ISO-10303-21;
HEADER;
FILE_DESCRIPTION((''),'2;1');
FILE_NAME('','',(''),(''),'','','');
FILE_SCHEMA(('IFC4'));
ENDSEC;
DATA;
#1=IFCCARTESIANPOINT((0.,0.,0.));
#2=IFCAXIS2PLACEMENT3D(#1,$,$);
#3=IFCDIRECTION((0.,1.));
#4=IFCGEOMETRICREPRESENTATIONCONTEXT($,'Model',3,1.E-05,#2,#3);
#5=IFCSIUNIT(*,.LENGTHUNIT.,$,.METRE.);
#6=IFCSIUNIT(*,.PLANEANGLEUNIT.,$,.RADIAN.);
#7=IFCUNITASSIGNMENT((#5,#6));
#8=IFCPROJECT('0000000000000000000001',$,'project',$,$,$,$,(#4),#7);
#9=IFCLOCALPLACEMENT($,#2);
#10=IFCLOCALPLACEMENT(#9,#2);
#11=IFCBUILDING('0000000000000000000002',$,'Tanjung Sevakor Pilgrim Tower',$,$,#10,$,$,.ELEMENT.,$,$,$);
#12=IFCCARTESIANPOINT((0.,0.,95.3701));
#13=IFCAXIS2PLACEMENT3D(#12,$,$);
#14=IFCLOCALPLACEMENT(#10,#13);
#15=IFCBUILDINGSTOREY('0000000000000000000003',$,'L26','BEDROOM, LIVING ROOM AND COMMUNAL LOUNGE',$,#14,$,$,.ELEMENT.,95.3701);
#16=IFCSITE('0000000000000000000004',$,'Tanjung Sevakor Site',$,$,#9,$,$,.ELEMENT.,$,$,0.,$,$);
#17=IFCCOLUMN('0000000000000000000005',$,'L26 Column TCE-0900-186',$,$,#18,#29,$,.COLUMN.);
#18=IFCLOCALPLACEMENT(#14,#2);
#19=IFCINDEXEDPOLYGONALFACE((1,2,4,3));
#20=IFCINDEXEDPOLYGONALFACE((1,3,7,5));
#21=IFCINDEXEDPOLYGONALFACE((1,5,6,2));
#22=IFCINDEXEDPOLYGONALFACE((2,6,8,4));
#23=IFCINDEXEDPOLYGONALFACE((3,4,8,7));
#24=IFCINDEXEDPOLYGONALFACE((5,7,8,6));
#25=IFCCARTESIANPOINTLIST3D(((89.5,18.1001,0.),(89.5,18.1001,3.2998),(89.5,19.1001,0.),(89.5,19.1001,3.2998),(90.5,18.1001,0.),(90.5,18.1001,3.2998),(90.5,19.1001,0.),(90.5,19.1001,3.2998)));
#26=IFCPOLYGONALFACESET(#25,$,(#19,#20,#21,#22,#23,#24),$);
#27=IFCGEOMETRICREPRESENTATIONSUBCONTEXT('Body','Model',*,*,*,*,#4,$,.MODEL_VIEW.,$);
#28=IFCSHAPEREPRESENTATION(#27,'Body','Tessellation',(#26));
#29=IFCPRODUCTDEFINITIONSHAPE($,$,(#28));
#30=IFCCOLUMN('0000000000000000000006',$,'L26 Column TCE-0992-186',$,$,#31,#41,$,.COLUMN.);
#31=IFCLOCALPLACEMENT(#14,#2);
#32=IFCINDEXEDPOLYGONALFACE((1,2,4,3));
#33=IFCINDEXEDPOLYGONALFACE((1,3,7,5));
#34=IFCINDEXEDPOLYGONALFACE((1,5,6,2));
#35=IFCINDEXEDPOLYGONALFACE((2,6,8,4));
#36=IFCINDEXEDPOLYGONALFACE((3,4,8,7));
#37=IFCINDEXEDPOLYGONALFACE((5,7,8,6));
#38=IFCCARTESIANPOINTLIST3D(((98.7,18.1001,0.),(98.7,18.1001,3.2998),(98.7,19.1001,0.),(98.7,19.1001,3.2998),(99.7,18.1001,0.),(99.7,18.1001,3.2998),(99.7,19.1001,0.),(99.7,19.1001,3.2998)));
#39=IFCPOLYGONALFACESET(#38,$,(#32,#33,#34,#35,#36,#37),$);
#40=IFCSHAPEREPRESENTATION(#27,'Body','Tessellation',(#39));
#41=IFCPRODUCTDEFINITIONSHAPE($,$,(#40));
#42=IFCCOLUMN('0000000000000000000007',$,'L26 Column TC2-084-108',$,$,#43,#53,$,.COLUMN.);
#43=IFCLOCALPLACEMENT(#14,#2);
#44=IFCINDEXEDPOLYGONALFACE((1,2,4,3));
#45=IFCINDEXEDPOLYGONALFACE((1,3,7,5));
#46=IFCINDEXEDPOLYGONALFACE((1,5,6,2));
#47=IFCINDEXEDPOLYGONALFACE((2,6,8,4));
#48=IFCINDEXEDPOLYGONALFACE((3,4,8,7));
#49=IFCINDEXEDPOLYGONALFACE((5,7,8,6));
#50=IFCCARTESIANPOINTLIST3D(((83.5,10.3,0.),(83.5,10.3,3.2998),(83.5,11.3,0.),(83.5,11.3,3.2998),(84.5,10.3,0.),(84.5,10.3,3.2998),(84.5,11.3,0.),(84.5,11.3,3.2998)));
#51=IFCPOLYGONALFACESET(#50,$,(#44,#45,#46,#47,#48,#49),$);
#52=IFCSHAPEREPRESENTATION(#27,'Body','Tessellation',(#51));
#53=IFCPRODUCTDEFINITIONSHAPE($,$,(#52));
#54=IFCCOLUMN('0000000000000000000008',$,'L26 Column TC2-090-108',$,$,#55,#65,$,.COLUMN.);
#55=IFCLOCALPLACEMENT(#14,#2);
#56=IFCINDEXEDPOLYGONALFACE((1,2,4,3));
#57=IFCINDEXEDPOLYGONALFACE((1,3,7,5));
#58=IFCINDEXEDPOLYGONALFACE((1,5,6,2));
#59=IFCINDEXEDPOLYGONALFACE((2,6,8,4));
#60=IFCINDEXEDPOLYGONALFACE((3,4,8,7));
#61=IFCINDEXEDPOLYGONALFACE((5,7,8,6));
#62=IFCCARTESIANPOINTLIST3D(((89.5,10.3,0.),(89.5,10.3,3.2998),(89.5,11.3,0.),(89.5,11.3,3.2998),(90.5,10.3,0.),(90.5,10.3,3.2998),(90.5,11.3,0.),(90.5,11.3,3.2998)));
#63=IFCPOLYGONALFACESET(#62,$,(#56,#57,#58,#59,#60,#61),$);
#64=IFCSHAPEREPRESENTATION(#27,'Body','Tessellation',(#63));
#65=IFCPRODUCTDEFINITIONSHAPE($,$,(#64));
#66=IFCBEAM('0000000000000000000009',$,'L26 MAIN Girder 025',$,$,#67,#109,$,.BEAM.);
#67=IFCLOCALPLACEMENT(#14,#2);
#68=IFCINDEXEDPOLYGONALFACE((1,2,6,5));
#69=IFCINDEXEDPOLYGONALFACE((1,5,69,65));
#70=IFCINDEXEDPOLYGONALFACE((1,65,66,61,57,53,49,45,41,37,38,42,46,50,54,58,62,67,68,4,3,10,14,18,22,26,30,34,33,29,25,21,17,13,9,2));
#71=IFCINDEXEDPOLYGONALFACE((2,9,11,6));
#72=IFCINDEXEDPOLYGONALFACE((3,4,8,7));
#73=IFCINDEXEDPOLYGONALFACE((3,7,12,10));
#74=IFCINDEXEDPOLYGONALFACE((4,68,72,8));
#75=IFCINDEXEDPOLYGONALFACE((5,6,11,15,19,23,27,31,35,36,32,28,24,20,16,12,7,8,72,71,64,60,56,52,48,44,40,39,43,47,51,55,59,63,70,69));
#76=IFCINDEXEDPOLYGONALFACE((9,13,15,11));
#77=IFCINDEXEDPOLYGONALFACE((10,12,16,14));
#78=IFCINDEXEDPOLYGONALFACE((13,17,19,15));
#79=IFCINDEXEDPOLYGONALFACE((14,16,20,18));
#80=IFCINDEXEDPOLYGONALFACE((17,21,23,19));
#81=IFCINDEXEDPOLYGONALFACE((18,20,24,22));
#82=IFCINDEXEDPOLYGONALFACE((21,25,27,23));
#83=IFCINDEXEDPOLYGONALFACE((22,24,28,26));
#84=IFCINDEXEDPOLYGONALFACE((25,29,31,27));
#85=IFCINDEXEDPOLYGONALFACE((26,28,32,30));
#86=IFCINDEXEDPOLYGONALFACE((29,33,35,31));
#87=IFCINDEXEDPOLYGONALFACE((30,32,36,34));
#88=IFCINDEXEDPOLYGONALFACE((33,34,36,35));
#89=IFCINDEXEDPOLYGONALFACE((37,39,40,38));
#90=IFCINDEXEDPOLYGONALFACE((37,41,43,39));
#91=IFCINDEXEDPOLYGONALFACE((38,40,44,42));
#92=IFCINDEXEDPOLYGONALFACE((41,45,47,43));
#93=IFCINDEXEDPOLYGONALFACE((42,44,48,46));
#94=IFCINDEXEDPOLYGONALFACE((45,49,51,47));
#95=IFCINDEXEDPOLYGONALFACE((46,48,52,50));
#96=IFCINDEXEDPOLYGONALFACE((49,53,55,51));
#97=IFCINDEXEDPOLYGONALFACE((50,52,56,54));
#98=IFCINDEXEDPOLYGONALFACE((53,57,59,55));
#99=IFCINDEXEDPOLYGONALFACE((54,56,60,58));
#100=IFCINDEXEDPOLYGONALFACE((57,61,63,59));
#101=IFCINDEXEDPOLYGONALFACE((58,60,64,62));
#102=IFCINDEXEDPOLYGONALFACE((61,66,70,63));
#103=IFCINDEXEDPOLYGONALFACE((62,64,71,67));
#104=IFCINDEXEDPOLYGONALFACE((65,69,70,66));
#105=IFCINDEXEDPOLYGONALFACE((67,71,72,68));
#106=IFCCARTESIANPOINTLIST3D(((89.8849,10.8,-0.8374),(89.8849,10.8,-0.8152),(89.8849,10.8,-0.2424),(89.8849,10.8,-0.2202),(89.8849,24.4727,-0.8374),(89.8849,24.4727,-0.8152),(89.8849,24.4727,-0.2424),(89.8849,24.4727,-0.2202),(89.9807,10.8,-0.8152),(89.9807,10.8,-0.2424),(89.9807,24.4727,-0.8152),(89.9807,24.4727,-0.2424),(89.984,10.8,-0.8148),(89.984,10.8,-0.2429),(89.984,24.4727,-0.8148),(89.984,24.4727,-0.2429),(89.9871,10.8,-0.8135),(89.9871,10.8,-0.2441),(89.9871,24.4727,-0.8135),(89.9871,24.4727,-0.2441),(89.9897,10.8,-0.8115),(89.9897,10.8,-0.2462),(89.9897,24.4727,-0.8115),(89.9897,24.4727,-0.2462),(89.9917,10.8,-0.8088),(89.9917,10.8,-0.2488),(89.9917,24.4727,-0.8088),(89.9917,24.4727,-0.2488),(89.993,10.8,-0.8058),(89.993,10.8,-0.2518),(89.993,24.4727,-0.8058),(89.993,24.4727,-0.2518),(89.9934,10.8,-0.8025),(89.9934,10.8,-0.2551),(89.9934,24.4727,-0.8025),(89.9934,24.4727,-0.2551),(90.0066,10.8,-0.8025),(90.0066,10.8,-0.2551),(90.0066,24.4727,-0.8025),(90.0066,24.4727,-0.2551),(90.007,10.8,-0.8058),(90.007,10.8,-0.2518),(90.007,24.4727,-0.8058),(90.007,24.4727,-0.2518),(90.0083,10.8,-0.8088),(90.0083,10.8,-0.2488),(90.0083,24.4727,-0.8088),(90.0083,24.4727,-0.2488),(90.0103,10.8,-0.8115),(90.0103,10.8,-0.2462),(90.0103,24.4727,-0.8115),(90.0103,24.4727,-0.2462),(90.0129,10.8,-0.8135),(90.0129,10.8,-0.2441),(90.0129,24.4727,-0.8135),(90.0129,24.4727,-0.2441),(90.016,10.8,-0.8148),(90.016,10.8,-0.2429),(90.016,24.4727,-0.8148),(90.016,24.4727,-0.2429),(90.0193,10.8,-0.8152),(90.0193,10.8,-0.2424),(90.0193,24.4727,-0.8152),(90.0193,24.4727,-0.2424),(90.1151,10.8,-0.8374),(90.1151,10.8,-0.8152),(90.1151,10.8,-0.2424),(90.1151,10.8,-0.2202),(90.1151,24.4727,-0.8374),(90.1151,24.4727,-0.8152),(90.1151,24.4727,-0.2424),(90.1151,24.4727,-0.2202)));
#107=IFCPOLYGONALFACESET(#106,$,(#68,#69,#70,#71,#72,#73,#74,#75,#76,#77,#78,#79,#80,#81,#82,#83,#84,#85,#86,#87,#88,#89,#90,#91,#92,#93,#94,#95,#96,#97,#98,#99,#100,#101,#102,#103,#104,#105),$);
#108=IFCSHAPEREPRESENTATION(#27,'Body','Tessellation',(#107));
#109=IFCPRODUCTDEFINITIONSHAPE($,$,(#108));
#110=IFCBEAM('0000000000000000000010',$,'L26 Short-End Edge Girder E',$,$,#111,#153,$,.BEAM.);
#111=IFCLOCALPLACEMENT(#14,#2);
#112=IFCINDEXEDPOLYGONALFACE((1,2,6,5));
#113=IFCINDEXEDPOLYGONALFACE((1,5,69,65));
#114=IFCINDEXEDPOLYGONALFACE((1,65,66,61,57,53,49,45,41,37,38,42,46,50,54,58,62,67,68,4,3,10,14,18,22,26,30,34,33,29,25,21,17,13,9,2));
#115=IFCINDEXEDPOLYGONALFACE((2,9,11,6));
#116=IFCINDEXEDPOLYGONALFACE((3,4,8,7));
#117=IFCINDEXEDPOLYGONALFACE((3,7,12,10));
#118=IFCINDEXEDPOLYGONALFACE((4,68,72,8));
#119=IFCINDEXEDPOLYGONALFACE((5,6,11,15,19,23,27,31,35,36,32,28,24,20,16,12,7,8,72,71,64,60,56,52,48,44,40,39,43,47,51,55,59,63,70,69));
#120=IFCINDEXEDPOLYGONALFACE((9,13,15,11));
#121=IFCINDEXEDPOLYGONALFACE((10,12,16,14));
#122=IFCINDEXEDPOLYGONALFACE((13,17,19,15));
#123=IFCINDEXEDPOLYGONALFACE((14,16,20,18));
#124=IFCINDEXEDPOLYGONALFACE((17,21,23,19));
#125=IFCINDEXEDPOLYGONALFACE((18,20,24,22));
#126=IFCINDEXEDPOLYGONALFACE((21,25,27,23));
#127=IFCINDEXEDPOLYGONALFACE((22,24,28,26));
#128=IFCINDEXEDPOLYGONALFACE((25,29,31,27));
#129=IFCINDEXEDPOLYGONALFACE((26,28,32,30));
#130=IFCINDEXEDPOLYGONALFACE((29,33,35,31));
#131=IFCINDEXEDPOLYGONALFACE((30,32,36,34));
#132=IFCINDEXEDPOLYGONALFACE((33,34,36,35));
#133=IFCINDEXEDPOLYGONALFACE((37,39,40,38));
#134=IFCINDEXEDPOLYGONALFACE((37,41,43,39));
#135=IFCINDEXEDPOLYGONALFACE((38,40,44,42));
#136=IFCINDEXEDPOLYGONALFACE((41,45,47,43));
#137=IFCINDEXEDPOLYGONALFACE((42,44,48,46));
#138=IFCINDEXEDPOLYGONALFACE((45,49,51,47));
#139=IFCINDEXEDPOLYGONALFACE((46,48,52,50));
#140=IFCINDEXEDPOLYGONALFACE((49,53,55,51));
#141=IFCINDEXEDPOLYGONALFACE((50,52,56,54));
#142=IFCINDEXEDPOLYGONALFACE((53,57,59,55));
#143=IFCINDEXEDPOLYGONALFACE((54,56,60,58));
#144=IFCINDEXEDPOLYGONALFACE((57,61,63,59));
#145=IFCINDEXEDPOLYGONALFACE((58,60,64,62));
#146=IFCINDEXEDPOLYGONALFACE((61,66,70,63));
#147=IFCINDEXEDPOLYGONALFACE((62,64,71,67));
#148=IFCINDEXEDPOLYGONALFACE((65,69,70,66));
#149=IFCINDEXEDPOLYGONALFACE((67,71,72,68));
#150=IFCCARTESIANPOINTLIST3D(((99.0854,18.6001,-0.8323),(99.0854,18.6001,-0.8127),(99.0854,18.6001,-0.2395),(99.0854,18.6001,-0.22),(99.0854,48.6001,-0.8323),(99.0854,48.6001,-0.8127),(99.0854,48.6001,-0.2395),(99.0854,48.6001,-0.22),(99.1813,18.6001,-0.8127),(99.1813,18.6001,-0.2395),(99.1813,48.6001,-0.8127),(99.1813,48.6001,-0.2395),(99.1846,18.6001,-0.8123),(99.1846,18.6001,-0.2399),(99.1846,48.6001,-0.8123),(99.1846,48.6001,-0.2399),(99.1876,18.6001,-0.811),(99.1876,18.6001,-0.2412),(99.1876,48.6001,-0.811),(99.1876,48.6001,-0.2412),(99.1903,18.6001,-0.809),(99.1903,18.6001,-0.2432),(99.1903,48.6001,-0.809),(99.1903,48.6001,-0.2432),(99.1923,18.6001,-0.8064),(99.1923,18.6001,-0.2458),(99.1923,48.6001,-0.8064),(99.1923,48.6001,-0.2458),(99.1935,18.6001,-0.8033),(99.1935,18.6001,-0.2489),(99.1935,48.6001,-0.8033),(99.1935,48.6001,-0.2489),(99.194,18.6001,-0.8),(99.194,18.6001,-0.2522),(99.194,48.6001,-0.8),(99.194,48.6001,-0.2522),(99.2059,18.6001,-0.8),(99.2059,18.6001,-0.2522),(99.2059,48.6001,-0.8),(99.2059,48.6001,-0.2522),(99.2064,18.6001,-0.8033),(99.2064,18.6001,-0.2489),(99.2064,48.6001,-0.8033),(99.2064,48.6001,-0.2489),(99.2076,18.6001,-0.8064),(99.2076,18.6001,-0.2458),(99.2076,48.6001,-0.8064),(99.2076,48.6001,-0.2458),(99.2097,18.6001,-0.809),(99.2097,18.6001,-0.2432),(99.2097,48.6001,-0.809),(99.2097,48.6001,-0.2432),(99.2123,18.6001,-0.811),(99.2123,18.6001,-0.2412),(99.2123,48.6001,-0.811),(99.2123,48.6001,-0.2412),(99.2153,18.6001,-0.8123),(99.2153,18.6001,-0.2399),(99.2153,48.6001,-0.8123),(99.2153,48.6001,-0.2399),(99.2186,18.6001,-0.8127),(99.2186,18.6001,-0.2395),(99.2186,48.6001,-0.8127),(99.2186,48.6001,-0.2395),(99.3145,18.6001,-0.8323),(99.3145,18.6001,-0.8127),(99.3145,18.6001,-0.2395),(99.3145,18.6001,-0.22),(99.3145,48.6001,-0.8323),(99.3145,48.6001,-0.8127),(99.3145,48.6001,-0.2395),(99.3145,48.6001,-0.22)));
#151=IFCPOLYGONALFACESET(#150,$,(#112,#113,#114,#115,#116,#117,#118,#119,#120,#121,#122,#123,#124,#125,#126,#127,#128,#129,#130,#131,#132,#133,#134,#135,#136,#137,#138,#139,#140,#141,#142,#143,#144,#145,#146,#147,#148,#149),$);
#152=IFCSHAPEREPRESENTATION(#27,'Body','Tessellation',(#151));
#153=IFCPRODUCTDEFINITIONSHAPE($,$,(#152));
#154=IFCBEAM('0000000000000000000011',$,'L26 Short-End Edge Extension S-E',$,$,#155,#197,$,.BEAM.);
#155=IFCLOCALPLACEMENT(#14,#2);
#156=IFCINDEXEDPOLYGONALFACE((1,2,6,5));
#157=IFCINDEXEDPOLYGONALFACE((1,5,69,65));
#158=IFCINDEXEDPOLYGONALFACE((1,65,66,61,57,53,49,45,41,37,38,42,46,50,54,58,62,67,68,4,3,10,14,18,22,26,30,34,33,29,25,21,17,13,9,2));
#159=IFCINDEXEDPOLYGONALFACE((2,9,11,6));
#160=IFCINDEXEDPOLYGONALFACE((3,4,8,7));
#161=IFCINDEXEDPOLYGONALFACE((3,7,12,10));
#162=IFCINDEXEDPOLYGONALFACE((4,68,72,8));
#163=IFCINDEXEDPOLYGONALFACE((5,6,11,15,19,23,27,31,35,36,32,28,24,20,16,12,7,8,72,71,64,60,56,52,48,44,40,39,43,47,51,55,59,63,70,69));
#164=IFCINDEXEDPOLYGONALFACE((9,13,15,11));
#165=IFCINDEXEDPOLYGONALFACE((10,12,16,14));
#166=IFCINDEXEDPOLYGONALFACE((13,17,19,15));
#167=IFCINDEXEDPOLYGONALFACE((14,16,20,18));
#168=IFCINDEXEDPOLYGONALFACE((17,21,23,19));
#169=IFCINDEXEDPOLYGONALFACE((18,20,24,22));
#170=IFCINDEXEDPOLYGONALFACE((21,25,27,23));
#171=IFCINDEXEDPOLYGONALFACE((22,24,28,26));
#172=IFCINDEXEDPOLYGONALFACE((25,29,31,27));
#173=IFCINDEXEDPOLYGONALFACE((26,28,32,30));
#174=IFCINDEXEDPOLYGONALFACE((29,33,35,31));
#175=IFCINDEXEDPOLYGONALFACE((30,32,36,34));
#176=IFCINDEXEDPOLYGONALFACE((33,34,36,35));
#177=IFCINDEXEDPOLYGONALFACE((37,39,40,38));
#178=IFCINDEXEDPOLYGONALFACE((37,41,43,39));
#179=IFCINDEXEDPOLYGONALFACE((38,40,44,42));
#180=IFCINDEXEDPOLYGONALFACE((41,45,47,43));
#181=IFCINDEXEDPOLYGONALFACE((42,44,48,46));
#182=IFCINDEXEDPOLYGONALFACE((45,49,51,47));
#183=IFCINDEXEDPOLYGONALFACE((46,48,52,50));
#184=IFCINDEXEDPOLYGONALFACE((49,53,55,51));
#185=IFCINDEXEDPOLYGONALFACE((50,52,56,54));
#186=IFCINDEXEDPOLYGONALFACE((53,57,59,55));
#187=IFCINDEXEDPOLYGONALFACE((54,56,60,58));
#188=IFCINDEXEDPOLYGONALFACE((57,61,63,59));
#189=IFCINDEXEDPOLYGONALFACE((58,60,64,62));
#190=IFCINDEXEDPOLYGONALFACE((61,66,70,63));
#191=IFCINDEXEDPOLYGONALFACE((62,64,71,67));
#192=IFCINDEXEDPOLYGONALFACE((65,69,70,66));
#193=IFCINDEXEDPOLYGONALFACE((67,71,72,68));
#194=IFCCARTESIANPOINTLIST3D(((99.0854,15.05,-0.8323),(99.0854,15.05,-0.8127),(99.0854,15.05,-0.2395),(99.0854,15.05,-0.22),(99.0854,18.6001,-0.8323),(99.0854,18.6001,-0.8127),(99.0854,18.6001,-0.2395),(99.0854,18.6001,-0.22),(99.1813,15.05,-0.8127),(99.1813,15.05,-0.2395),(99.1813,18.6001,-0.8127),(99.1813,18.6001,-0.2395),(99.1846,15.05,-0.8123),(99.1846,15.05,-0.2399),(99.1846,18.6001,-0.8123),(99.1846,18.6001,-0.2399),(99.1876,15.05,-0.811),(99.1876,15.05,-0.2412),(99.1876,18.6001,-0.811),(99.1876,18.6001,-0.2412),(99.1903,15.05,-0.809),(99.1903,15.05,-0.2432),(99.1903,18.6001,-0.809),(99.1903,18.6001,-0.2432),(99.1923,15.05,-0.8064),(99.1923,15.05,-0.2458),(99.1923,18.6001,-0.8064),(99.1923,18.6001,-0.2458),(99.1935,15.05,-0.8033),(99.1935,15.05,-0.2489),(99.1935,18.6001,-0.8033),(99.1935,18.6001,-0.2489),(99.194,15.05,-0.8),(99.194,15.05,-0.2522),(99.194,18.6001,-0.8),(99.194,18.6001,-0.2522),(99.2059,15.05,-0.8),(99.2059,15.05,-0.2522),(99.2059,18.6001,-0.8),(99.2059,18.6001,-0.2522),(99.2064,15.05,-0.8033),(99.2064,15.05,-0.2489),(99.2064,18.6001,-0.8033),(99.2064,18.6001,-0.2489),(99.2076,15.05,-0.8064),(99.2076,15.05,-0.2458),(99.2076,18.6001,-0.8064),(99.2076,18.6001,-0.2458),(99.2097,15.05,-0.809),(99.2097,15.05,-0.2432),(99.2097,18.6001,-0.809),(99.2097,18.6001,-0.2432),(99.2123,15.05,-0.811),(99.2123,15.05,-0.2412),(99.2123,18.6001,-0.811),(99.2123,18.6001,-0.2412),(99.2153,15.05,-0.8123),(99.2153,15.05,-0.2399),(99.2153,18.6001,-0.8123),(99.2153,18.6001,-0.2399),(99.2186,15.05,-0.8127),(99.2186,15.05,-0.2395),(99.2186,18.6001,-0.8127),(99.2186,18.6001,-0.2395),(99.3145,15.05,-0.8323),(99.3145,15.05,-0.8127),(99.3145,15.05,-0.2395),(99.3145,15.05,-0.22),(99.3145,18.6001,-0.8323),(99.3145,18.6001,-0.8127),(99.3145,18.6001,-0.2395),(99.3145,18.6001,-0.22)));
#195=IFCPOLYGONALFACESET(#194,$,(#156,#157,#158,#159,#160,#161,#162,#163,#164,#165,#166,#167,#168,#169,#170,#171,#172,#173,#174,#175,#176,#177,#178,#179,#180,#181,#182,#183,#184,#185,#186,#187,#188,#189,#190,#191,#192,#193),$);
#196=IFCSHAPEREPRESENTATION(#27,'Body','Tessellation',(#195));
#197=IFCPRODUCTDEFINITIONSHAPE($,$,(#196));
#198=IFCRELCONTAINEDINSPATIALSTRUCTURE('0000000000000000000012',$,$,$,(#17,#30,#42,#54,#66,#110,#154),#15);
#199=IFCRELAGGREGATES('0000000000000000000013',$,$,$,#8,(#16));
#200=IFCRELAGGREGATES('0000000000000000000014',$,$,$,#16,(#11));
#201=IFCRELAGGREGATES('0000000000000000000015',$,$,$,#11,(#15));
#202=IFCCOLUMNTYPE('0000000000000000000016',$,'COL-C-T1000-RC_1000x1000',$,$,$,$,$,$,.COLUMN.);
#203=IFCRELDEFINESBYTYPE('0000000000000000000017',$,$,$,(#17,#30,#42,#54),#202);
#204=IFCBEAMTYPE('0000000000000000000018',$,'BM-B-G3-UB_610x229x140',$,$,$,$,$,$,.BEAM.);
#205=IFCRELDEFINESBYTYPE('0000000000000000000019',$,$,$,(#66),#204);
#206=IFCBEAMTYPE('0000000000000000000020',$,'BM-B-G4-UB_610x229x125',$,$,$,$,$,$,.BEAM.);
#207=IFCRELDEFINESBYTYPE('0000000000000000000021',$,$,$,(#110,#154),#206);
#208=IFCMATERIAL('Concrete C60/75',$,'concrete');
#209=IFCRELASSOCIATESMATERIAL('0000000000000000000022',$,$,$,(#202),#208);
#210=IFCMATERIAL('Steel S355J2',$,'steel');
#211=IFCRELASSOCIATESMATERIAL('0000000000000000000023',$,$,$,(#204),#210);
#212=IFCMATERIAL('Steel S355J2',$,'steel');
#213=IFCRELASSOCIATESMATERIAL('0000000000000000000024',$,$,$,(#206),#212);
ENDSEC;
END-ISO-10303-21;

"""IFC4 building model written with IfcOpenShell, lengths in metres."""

from ifc_helpers import new_model, si_unit, direction, frame, origin, origin_2d, place, context, subcontext, project, spatial, rectangle, i_section, extrude, material, material_profile, profile_set, type_object, element, save


model = new_model("IFC4")

# Units and contexts
model_context = context("Model", 3, precision=1e-05, world=origin(), true_north=direction((0.0, 1.0)))
body_context = subcontext(model_context, "Body", "Model", "MODEL_VIEW")
ifc_project = project(units=[si_unit("LENGTHUNIT", "METRE"), si_unit("PLANEANGLEUNIT", "RADIAN")], contexts=[model_context])

# Site, building, storey
site_placement = place(None, origin())
site = spatial("IfcSite", under=ifc_project, at=site_placement, Name="Tanjung Sevakor Site", CompositionType="ELEMENT", RefElevation=0.0)
building_placement = place(site_placement, origin())
building = spatial("IfcBuilding", under=site, at=building_placement, Name="Tanjung Sevakor Pilgrim Tower", CompositionType="ELEMENT")
storey_placement = place(building_placement, frame((0.0, 0.0, 95.3701)))
storey = spatial("IfcBuildingStorey", under=building, at=storey_placement, Name="L26", Description="BEDROOM, LIVING ROOM AND COMMUNAL LOUNGE", CompositionType="ELEMENT", Elevation=95.3701)

# Columns
ifc_material_1 = material(Name="Concrete C60/75", Category="concrete")
ifc_material_profile_1 = material_profile(ifc_material_1, rectangle(XDim=1.0, YDim=1.0, at=origin_2d()))
ifc_profile_set_1 = profile_set([ifc_material_profile_1], Name="Concrete C60/75")
column_type = type_object("IfcColumnType", Name="COL-C-T1000-RC_1000x1000", PredefinedType="COLUMN", material=ifc_profile_set_1)
for number, where, z_axis, x_axis, name in (
    (1, (90.0, 18.6001, 0.0), (0.0, 0.0, 1.0), (1.0, 0.0, 0.0), "L26 Column TCE-0900-186"),
    (2, (99.2, 18.6001, 0.0), (0.0, 0.0, 1.0), (1.0, 0.0, 0.0), "L26 Column TCE-0992-186"),
    (3, (84.0, 10.8, 0.0), (0.0, 0.0, 1.0), (1.0, 0.0, 0.0), "L26 Column TC2-084-108"),
    (4, (90.0, 10.8, 0.0), (0.0, 0.0, 1.0), (1.0, 0.0, 0.0), "L26 Column TC2-090-108"),
):
    element("IfcColumn", number, at=place(storey_placement, frame(where, z_axis=z_axis, x_axis=x_axis)), inside=storey, type_object=column_type, Name=name, PredefinedType="COLUMN", context=body_context, shape_type="SweptSolid", body=[
        extrude(rectangle(XDim=1.0, YDim=1.0, at=origin_2d()), origin(), (0.0, 0.0, 1.0), 3.2998),
    ])

# Beams
ifc_material_2 = material(Name="Steel S355J2", Category="steel")
ifc_material_profile_2 = material_profile(ifc_material_2, i_section(OverallWidth=0.2302, OverallDepth=0.6172, WebThickness=0.0132, FlangeThickness=0.0222, FilletRadius=0.0127, at=origin_2d()))
ifc_profile_set_2 = profile_set([ifc_material_profile_2], Name="Steel S355J2")
beam_type_1 = type_object("IfcBeamType", Name="BM-B-G3-UB_610x229x140", PredefinedType="BEAM", material=ifc_profile_set_2)
beam_1_placement = place(storey_placement, frame((90.0, 10.8, -0.5288), z_axis=(0.0, 1.0, 0.0), x_axis=(-1.0, 0.0, 0.0)))
element("IfcBeam", 5, at=beam_1_placement, inside=storey, type_object=beam_type_1, Name="L26 MAIN Girder 025", PredefinedType="BEAM", context=body_context, shape_type="SweptSolid", body=[
    extrude(i_section(OverallWidth=0.2302, OverallDepth=0.6172, WebThickness=0.0132, FlangeThickness=0.0222, FilletRadius=0.0127, at=origin_2d()), origin(), (0.0, 0.0, 1.0), 13.6726),
])
ifc_material_3 = material(Name="Steel S355J2", Category="steel")
ifc_material_profile_3 = material_profile(ifc_material_3, i_section(OverallWidth=0.229, OverallDepth=0.6123, WebThickness=0.012, FlangeThickness=0.0195, FilletRadius=0.0127, at=origin_2d()))
ifc_profile_set_3 = profile_set([ifc_material_profile_3], Name="Steel S355J2")
beam_type_2 = type_object("IfcBeamType", Name="BM-B-G4-UB_610x229x125", PredefinedType="BEAM", material=ifc_profile_set_3)
beam_2_placement = place(storey_placement, frame((99.2, 18.6001, -0.5261), z_axis=(0.0, 1.0, 0.0), x_axis=(-1.0, 0.0, 0.0)))
element("IfcBeam", 6, at=beam_2_placement, inside=storey, type_object=beam_type_2, Name="L26 Short-End Edge Girder E", PredefinedType="BEAM", context=body_context, shape_type="SweptSolid", body=[
    extrude(i_section(OverallWidth=0.229, OverallDepth=0.6123, WebThickness=0.012, FlangeThickness=0.0195, FilletRadius=0.0127, at=origin_2d()), origin(), (0.0, 0.0, 1.0), 30.0),
])
beam_3_placement = place(storey_placement, frame((99.2, 18.6001, -0.5261), z_axis=(0.0, -1.0, 0.0), x_axis=(1.0, 0.0, 0.0)))
element("IfcBeam", 7, at=beam_3_placement, inside=storey, type_object=beam_type_2, Name="L26 Short-End Edge Extension S-E", PredefinedType="BEAM", context=body_context, shape_type="SweptSolid", body=[
    extrude(i_section(OverallWidth=0.229, OverallDepth=0.6123, WebThickness=0.012, FlangeThickness=0.0195, FilletRadius=0.0127, at=origin_2d()), origin(), (0.0, 0.0, 1.0), 3.55),
])

save(model, "model.ifc")
